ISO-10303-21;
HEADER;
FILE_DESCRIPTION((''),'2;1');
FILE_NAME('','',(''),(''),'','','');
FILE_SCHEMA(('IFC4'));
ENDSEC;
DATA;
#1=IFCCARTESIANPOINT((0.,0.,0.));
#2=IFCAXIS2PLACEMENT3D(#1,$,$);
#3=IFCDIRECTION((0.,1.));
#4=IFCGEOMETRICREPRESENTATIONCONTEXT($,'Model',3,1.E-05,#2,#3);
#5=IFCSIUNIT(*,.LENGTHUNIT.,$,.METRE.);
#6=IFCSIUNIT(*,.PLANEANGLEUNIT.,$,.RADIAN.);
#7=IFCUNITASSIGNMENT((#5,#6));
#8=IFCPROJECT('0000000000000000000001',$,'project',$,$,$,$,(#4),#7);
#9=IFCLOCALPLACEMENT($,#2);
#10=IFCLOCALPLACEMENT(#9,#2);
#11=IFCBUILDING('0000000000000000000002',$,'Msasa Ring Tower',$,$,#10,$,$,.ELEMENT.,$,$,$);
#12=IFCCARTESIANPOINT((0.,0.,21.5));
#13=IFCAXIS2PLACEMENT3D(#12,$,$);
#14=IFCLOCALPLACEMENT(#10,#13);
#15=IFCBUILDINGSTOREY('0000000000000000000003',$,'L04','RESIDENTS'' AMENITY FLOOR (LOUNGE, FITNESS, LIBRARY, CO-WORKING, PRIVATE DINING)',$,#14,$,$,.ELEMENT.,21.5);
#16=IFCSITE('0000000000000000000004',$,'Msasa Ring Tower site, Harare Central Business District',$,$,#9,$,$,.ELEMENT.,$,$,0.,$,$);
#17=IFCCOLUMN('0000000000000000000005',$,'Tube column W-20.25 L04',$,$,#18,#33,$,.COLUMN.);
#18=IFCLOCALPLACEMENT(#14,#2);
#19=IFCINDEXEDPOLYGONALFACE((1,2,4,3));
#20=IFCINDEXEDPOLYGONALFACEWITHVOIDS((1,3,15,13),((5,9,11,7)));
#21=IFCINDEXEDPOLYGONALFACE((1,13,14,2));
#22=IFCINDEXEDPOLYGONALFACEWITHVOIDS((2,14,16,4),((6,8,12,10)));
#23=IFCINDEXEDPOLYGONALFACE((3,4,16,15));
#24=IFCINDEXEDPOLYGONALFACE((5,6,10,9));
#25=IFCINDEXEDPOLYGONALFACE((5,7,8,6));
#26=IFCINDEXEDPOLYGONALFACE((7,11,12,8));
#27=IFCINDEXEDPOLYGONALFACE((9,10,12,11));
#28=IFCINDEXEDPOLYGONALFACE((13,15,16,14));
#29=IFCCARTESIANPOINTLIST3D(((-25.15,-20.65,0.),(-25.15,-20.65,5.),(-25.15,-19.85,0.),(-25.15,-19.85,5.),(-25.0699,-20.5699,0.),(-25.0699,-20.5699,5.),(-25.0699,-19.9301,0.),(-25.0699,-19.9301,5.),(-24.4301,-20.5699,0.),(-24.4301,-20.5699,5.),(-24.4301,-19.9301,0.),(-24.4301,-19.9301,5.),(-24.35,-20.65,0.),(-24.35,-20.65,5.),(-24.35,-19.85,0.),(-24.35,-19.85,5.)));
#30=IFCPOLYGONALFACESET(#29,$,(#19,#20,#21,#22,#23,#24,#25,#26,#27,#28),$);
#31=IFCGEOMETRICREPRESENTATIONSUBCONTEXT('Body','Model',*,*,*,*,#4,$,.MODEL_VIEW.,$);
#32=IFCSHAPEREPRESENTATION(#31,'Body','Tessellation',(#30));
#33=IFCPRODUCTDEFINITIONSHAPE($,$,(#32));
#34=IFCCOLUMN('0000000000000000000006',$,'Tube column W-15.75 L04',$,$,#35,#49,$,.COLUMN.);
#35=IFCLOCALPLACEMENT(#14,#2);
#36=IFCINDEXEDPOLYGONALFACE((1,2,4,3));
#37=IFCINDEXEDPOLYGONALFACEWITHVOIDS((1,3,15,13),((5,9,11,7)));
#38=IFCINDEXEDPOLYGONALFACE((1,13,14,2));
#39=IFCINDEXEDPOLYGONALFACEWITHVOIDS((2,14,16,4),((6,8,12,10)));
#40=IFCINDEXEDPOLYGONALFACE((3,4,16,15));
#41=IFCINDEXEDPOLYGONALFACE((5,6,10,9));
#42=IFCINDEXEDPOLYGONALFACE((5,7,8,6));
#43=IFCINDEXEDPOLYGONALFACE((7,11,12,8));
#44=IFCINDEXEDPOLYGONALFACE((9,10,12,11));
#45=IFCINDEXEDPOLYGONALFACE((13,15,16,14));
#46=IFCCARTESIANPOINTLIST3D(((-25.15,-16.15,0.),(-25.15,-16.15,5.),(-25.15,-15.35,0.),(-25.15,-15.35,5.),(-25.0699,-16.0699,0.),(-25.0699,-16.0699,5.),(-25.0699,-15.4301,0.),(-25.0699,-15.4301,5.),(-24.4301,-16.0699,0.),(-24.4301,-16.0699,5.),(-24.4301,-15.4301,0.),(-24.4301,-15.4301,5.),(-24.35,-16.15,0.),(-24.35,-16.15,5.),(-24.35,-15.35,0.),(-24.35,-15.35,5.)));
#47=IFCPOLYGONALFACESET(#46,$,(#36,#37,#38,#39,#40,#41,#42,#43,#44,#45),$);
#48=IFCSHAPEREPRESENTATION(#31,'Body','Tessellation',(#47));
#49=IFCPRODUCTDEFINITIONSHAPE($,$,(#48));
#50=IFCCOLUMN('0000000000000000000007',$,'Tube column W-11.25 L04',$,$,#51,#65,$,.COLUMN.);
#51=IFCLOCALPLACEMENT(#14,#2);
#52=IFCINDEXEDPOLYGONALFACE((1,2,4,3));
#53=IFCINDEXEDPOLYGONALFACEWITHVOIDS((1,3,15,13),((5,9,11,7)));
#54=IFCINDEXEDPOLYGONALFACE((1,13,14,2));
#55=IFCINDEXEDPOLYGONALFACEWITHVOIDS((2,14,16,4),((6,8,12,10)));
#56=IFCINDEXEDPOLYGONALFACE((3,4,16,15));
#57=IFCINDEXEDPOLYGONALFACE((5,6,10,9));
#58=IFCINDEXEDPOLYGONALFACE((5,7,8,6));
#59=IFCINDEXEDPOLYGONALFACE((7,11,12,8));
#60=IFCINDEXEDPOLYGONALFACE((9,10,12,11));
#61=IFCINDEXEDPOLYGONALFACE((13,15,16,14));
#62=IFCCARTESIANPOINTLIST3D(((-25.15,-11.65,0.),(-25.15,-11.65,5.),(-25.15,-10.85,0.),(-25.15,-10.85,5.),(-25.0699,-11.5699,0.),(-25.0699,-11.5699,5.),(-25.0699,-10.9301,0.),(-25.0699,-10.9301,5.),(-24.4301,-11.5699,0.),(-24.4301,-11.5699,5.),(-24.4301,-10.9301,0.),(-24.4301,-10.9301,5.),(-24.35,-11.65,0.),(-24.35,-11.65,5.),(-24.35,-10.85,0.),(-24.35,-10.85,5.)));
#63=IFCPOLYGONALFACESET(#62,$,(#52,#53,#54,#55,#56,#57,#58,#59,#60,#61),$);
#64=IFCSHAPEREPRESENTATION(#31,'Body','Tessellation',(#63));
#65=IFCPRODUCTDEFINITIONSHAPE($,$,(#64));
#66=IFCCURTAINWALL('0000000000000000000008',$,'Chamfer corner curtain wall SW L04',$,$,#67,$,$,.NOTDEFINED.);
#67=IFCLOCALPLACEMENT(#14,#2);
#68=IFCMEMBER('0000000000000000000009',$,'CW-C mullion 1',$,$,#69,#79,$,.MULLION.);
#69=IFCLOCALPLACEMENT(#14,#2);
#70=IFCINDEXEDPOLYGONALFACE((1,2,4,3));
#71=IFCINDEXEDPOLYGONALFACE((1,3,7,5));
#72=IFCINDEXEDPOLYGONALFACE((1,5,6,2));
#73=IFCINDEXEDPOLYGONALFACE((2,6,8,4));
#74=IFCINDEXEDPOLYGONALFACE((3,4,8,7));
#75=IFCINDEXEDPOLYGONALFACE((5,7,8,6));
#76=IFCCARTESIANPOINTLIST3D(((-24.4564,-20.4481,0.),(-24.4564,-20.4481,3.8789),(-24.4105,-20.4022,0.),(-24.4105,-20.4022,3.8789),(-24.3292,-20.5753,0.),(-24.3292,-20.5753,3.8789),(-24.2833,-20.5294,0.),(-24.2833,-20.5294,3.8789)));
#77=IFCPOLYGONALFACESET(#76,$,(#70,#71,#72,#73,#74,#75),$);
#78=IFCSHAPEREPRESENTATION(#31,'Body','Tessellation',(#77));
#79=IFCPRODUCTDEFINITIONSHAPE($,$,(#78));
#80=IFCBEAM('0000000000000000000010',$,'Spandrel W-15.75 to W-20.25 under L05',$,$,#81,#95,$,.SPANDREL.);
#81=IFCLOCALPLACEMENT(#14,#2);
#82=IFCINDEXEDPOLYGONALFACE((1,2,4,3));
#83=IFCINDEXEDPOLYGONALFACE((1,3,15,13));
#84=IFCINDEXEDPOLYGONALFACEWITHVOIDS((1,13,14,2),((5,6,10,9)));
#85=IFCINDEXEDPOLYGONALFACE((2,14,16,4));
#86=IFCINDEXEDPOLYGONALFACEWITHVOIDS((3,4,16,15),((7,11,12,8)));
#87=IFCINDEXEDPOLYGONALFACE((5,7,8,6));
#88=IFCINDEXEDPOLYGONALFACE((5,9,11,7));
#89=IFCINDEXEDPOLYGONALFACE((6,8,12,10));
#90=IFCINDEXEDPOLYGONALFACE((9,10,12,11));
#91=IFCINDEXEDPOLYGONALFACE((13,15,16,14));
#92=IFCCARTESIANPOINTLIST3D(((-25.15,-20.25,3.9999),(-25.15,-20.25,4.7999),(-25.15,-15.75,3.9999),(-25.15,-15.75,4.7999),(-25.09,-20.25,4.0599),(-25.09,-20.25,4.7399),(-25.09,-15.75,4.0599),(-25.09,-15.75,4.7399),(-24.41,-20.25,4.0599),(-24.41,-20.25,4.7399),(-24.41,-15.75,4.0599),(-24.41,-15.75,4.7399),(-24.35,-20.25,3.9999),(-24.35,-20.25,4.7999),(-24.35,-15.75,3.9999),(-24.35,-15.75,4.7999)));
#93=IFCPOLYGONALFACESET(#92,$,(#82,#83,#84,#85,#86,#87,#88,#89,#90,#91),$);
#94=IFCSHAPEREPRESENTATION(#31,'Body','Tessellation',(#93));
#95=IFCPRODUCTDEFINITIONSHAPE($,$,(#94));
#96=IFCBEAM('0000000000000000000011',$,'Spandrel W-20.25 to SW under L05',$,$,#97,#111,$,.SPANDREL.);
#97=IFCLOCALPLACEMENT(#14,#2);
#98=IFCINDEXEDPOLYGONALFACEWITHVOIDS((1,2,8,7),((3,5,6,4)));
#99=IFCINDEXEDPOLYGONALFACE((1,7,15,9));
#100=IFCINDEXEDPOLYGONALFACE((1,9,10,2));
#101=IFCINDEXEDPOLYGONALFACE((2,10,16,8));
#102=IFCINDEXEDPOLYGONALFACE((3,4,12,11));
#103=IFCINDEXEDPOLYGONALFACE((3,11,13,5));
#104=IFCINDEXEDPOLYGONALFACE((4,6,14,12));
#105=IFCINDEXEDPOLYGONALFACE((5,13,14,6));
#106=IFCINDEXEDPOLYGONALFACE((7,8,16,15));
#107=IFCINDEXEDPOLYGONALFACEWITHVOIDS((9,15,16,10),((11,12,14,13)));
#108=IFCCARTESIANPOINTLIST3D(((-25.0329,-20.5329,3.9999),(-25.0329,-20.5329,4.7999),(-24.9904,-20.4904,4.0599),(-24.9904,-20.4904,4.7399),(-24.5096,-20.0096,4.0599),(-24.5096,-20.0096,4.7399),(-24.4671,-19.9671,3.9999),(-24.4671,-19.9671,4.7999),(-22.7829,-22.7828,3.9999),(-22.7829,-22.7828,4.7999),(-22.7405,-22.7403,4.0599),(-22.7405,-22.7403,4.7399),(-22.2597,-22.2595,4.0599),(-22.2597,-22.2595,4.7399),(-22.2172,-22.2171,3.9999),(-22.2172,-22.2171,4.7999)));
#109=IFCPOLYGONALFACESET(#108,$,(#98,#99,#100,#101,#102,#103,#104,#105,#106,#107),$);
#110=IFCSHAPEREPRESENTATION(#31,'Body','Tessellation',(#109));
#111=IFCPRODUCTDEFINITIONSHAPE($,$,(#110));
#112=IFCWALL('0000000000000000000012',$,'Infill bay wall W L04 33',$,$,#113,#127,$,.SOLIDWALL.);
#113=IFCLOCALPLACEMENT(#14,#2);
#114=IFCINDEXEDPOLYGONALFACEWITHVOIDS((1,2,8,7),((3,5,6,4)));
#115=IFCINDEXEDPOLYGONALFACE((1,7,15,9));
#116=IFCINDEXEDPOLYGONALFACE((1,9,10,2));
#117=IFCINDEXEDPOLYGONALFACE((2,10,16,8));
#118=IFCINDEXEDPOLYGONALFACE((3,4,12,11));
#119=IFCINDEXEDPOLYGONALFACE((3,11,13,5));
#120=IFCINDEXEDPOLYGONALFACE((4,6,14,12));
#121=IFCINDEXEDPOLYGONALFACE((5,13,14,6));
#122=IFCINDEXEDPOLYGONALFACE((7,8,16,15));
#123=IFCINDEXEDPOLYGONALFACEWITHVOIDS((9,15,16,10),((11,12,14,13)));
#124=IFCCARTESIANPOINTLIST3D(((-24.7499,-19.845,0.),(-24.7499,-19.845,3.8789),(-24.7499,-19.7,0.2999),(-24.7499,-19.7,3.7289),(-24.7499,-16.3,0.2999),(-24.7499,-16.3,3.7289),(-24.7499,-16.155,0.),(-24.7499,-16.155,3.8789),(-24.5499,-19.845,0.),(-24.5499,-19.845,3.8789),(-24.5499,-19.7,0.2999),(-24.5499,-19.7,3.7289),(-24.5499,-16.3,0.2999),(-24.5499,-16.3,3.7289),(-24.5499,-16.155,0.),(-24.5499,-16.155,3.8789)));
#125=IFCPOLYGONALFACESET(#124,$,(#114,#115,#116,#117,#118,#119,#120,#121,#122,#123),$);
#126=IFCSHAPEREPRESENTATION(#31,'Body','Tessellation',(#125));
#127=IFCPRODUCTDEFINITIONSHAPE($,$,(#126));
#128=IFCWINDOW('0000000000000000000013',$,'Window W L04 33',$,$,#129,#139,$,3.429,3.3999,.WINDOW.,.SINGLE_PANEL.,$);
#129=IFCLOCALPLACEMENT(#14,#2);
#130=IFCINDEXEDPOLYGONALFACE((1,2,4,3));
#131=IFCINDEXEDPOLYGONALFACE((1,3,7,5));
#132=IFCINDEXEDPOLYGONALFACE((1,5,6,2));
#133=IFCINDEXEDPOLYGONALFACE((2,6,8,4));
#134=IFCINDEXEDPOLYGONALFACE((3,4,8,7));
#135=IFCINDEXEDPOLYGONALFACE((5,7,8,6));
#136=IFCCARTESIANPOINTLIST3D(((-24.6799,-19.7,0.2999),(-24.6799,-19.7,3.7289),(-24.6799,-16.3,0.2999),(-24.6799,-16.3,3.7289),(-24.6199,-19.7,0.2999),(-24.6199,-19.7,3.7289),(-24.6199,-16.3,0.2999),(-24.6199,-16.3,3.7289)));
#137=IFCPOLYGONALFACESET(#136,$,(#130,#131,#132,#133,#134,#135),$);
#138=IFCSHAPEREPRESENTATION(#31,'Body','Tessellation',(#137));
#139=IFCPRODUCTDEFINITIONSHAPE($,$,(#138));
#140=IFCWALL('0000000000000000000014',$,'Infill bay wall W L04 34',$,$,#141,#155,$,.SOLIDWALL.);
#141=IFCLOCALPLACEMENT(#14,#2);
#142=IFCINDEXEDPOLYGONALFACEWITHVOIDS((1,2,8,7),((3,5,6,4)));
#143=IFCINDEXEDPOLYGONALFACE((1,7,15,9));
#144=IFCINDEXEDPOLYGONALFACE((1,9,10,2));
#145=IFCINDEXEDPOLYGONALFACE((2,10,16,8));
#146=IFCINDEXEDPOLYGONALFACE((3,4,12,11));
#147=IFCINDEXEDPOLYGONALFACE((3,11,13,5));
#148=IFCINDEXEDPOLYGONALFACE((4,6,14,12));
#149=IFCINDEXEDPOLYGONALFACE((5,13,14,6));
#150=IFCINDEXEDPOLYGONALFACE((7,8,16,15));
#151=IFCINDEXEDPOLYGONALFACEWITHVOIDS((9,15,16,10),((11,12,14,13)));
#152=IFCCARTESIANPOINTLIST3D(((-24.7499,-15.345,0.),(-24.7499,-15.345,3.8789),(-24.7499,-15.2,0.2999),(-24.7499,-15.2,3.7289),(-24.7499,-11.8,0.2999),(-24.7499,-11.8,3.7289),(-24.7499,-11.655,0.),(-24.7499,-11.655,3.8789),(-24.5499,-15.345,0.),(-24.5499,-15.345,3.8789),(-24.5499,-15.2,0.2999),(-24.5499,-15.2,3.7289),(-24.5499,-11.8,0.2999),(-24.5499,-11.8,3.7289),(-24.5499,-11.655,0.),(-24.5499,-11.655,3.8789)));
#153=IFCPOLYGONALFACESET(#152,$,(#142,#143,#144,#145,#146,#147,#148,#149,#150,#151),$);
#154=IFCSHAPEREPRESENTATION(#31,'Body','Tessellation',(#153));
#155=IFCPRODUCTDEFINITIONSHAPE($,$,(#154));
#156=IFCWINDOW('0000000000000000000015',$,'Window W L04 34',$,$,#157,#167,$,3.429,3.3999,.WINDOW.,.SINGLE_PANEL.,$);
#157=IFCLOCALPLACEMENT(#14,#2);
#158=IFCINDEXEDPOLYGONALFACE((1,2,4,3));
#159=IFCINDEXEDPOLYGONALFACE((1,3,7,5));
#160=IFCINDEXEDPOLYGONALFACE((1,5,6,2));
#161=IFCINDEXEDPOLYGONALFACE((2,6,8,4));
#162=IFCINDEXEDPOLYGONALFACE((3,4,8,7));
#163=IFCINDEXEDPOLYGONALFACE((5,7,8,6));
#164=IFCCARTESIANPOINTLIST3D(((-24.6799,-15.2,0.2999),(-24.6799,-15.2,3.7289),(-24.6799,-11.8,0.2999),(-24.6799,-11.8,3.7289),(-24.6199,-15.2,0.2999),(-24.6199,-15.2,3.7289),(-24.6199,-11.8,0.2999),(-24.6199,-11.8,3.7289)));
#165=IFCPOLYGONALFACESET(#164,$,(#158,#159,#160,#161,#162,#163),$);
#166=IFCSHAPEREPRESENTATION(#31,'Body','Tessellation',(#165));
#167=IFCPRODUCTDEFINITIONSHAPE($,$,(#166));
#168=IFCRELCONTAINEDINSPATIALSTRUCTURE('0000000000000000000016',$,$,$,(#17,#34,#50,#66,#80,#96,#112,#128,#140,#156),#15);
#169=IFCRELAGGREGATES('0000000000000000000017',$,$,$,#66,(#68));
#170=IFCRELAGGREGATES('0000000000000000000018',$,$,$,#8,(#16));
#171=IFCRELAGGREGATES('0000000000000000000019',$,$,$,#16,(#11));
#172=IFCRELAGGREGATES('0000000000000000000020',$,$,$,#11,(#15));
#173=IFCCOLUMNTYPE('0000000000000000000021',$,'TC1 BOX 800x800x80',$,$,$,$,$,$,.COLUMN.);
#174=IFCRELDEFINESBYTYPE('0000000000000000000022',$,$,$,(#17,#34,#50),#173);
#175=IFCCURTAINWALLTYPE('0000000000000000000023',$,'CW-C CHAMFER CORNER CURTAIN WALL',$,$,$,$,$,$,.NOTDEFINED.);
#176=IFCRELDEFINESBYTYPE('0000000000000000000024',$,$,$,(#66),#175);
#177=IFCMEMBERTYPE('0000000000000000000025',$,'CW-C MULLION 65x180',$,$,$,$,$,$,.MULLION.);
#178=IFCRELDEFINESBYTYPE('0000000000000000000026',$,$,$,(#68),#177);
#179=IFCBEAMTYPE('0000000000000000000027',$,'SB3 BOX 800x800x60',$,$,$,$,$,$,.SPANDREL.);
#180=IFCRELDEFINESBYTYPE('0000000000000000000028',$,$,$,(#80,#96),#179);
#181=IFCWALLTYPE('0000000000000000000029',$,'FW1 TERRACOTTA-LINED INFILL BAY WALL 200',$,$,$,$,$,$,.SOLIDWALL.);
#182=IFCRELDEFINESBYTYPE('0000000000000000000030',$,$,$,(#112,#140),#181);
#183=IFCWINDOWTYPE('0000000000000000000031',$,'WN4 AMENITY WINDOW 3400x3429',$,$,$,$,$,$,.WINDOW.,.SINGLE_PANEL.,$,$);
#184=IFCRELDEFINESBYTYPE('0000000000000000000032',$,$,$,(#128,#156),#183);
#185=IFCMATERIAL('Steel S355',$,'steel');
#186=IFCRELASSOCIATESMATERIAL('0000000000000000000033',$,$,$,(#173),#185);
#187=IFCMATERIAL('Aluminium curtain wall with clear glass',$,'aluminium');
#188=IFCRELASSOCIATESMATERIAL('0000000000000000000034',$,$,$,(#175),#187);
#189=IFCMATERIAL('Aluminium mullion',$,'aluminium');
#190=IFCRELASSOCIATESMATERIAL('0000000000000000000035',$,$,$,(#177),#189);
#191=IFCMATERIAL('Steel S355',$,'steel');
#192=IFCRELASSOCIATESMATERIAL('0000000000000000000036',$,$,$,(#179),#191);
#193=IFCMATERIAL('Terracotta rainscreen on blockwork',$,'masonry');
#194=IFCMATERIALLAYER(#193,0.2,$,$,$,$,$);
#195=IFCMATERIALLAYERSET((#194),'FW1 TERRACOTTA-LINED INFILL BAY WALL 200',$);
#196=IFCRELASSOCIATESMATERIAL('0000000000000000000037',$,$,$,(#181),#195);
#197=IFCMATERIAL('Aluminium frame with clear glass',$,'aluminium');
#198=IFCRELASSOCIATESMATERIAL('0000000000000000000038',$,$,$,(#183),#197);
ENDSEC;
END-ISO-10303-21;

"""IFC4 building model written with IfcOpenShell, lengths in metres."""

from ifc_helpers import new_model, si_unit, direction, frame, frame_2d, origin, origin_2d, place, context, subcontext, project, spatial, rectangle, hollow_rectangle, extrude, material, layer, layer_set, material_profile, profile_set, type_object, element, fill, aggregate, save


model = new_model("IFC4")

# Units and contexts
model_context = context("Model", 3, precision=1e-05, world=origin(), true_north=direction((0.0, 1.0)))
body_context = subcontext(model_context, "Body", "Model", "MODEL_VIEW")
ifc_project = project(units=[si_unit("LENGTHUNIT", "METRE"), si_unit("PLANEANGLEUNIT", "RADIAN")], contexts=[model_context])

# Site, building, storey
site_placement = place(None, origin())
site = spatial("IfcSite", under=ifc_project, at=site_placement, Name="Msasa Ring Tower site, Harare Central Business District", CompositionType="ELEMENT", RefElevation=0.0)
building_placement = place(site_placement, origin())
building = spatial("IfcBuilding", under=site, at=building_placement, Name="Msasa Ring Tower", CompositionType="ELEMENT")
storey_placement = place(building_placement, frame((0.0, 0.0, 21.5)))
storey = spatial("IfcBuildingStorey", under=building, at=storey_placement, Name="L04", Description="RESIDENTS' AMENITY FLOOR (LOUNGE, FITNESS, LIBRARY, CO-WORKING, PRIVATE DINING)", CompositionType="ELEMENT", Elevation=21.5)

# Columns
ifc_material_1 = material(Name="Steel S355", Category="steel")
ifc_material_profile_1 = material_profile(ifc_material_1, hollow_rectangle(XDim=0.8, YDim=0.8, WallThickness=0.0801, at=origin_2d()), Name="BOX 800x800x80")
ifc_profile_set_1 = profile_set([ifc_material_profile_1], Name="Steel S355")
column_type = type_object("IfcColumnType", Name="TC1 BOX 800x800x80", PredefinedType="COLUMN", material=ifc_profile_set_1)
for number, where, z_axis, x_axis, name in (
    (1, (-24.75, -20.25, 0.0), (0.0, 0.0, 1.0), (1.0, 0.0, 0.0), "Tube column W-20.25 L04"),
    (2, (-24.75, -15.75, 0.0), (0.0, 0.0, 1.0), (1.0, 0.0, 0.0), "Tube column W-15.75 L04"),
    (3, (-24.75, -11.25, 0.0), (0.0, 0.0, 1.0), (1.0, 0.0, 0.0), "Tube column W-11.25 L04"),
):
    element("IfcColumn", number, at=place(storey_placement, frame(where, z_axis=z_axis, x_axis=x_axis)), inside=storey, type_object=column_type, Name=name, PredefinedType="COLUMN", context=body_context, shape_type="SweptSolid", body=[
        extrude(hollow_rectangle(XDim=0.8, YDim=0.8, WallThickness=0.0801, at=origin_2d()), origin(), (0.0, 0.0, 1.0), 5.0),
    ])

# Curtain wall, member
ifc_material_2 = material(Name="Aluminium curtain wall with clear glass", Category="aluminium")
curtain_wall_type = type_object("IfcCurtainWallType", Name="CW-C CHAMFER CORNER CURTAIN WALL", PredefinedType="NOTDEFINED", material=ifc_material_2)
curtain_wall_placement = place(storey_placement, origin())
curtain_wall = element("IfcCurtainWall", 4, at=curtain_wall_placement, inside=storey, type_object=curtain_wall_type, Name="Chamfer corner curtain wall SW L04", PredefinedType="NOTDEFINED")
ifc_material_3 = material(Name="Aluminium mullion", Category="aluminium")
ifc_material_profile_2 = material_profile(ifc_material_3, rectangle(XDim=0.0649, YDim=0.1799, at=origin_2d()), Name="AL 65x180")
ifc_profile_set_2 = profile_set([ifc_material_profile_2], Name="Aluminium mullion")
member_type = type_object("IfcMemberType", Name="CW-C MULLION 65x180", PredefinedType="MULLION", material=ifc_profile_set_2)
member_placement = place(storey_placement, frame((-24.3699, -20.4888, 0.0), z_axis=(0.0, 0.0, 1.0), x_axis=(0.707107, 0.707107, 0.0)))
member = element("IfcMember", 5, at=member_placement, type_object=member_type, Name="CW-C mullion 1", PredefinedType="MULLION", context=body_context, shape_type="SweptSolid", body=[
    extrude(rectangle(XDim=0.0649, YDim=0.1799, at=origin_2d()), origin(), (0.0, 0.0, 1.0), 3.8789),
])
aggregate(curtain_wall, [member])

# Beams
ifc_material_4 = material(Name="Steel S355", Category="steel")
ifc_material_profile_3 = material_profile(ifc_material_4, hollow_rectangle(XDim=0.8, YDim=0.8, WallThickness=0.0601, at=origin_2d()), Name="BOX 800x800x60")
ifc_profile_set_3 = profile_set([ifc_material_profile_3], Name="Steel S355")
beam_type = type_object("IfcBeamType", Name="SB3 BOX 800x800x60", PredefinedType="SPANDREL", material=ifc_profile_set_3)
beam_1_placement = place(storey_placement, frame((-24.75, -15.75, 4.3999), z_axis=(0.0, -1.0, 0.0), x_axis=(1.0, 0.0, 0.0)))
element("IfcBeam", 6, at=beam_1_placement, inside=storey, type_object=beam_type, Name="Spandrel W-15.75 to W-20.25 under L05", PredefinedType="SPANDREL", context=body_context, shape_type="SweptSolid", body=[
    extrude(hollow_rectangle(XDim=0.8, YDim=0.8, WallThickness=0.0601, at=origin_2d()), origin(), (0.0, 0.0, 1.0), 4.5),
])
beam_2_placement = place(storey_placement, frame((-24.75, -20.25, 4.3999), z_axis=(0.707107, -0.707107, 0.0), x_axis=(0.707107, 0.707107, 0.0)))
element("IfcBeam", 7, at=beam_2_placement, inside=storey, type_object=beam_type, Name="Spandrel W-20.25 to SW under L05", PredefinedType="SPANDREL", context=body_context, shape_type="SweptSolid", body=[
    extrude(hollow_rectangle(XDim=0.8, YDim=0.8, WallThickness=0.0601, at=origin_2d()), origin(), (0.0, 0.0, 1.0), 3.1819),
])

# Walls, openings, windows
ifc_material_5 = material(Name="Terracotta rainscreen on blockwork", Category="masonry")
ifc_layer_1 = layer(ifc_material_5, 0.2)
ifc_layer_set_1 = layer_set([ifc_layer_1], Name="FW1 TERRACOTTA-LINED INFILL BAY WALL 200")
wall_type_1 = type_object("IfcWallType", Name="FW1 TERRACOTTA-LINED INFILL BAY WALL 200", PredefinedType="SOLIDWALL", material=ifc_layer_set_1)
wall_1_placement = place(storey_placement, frame((-24.6499, -19.845, 0.0), z_axis=(0.0, 0.0, 1.0), x_axis=(0.0, 1.0, 0.0)))
wall_1 = element("IfcWall", 8, at=wall_1_placement, inside=storey, type_object=wall_type_1, Name="Infill bay wall W L04 33", PredefinedType="SOLIDWALL", context=body_context, shape_type="SweptSolid", body=[
    extrude(rectangle(XDim=3.6899, YDim=0.2, at=frame_2d((1.845, 0.0))), origin(), (0.0, 0.0, 1.0), 3.8789),
])
opening_1_placement = place(wall_1_placement, frame((0.145, 0.0, 0.3)))
opening_1 = element("IfcOpeningElement", 9, at=opening_1_placement, cuts=wall_1, PredefinedType="OPENING", context=body_context, shape_type="SweptSolid", body=[
    extrude(rectangle(XDim=3.3999, YDim=3.429, at=frame_2d((1.7, 1.7144))), frame((0.0, 0.1099, 0.0), z_axis=(0.0, -1.0, 0.0), x_axis=(1.0, 0.0, 0.0)), (0.0, 0.0, 1.0), 0.22),
])
ifc_material_6 = material(Name="Aluminium frame with clear glass", Category="aluminium")
window_type = type_object("IfcWindowType", Name="WN4 AMENITY WINDOW 3400x3429", PartitioningType="SINGLE_PANEL", PredefinedType="WINDOW", material=ifc_material_6)
window_1_placement = place(opening_1_placement, origin())
window_1 = element("IfcWindow", 10, at=window_1_placement, inside=storey, type_object=window_type, Name="Window W L04 33", OverallHeight=3.429, OverallWidth=3.3999, PartitioningType="SINGLE_PANEL", PredefinedType="WINDOW", context=body_context, shape_type="SweptSolid", body=[
    extrude(rectangle(XDim=3.3999, YDim=3.429, at=frame_2d((1.7, 1.7144))), frame((0.0, 0.03, 0.0), z_axis=(0.0, -1.0, 0.0), x_axis=(1.0, 0.0, 0.0)), (0.0, 0.0, 1.0), 0.0601),
])
fill(opening_1, window_1)
wall_2_placement = place(storey_placement, frame((-24.6499, -15.345, 0.0), z_axis=(0.0, 0.0, 1.0), x_axis=(0.0, 1.0, 0.0)))
wall_2 = element("IfcWall", 11, at=wall_2_placement, inside=storey, type_object=wall_type_1, Name="Infill bay wall W L04 34", PredefinedType="SOLIDWALL", context=body_context, shape_type="SweptSolid", body=[
    extrude(rectangle(XDim=3.6899, YDim=0.2, at=frame_2d((1.845, 0.0))), origin(), (0.0, 0.0, 1.0), 3.8789),
])
opening_2_placement = place(wall_2_placement, frame((0.145, 0.0, 0.3)))
opening_2 = element("IfcOpeningElement", 12, at=opening_2_placement, cuts=wall_2, PredefinedType="OPENING", context=body_context, shape_type="SweptSolid", body=[
    extrude(rectangle(XDim=3.3999, YDim=3.429, at=frame_2d((1.7, 1.7144))), frame((0.0, 0.1099, 0.0), z_axis=(0.0, -1.0, 0.0), x_axis=(1.0, 0.0, 0.0)), (0.0, 0.0, 1.0), 0.22),
])
window_2_placement = place(opening_2_placement, origin())
window_2 = element("IfcWindow", 13, at=window_2_placement, inside=storey, type_object=window_type, Name="Window W L04 34", OverallHeight=3.429, OverallWidth=3.3999, PartitioningType="SINGLE_PANEL", PredefinedType="WINDOW", context=body_context, shape_type="SweptSolid", body=[
    extrude(rectangle(XDim=3.3999, YDim=3.429, at=frame_2d((1.7, 1.7144))), frame((0.0, 0.03, 0.0), z_axis=(0.0, -1.0, 0.0), x_axis=(1.0, 0.0, 0.0)), (0.0, 0.0, 1.0), 0.0601),
])
fill(opening_2, window_2)

save(model, "model.ifc")
